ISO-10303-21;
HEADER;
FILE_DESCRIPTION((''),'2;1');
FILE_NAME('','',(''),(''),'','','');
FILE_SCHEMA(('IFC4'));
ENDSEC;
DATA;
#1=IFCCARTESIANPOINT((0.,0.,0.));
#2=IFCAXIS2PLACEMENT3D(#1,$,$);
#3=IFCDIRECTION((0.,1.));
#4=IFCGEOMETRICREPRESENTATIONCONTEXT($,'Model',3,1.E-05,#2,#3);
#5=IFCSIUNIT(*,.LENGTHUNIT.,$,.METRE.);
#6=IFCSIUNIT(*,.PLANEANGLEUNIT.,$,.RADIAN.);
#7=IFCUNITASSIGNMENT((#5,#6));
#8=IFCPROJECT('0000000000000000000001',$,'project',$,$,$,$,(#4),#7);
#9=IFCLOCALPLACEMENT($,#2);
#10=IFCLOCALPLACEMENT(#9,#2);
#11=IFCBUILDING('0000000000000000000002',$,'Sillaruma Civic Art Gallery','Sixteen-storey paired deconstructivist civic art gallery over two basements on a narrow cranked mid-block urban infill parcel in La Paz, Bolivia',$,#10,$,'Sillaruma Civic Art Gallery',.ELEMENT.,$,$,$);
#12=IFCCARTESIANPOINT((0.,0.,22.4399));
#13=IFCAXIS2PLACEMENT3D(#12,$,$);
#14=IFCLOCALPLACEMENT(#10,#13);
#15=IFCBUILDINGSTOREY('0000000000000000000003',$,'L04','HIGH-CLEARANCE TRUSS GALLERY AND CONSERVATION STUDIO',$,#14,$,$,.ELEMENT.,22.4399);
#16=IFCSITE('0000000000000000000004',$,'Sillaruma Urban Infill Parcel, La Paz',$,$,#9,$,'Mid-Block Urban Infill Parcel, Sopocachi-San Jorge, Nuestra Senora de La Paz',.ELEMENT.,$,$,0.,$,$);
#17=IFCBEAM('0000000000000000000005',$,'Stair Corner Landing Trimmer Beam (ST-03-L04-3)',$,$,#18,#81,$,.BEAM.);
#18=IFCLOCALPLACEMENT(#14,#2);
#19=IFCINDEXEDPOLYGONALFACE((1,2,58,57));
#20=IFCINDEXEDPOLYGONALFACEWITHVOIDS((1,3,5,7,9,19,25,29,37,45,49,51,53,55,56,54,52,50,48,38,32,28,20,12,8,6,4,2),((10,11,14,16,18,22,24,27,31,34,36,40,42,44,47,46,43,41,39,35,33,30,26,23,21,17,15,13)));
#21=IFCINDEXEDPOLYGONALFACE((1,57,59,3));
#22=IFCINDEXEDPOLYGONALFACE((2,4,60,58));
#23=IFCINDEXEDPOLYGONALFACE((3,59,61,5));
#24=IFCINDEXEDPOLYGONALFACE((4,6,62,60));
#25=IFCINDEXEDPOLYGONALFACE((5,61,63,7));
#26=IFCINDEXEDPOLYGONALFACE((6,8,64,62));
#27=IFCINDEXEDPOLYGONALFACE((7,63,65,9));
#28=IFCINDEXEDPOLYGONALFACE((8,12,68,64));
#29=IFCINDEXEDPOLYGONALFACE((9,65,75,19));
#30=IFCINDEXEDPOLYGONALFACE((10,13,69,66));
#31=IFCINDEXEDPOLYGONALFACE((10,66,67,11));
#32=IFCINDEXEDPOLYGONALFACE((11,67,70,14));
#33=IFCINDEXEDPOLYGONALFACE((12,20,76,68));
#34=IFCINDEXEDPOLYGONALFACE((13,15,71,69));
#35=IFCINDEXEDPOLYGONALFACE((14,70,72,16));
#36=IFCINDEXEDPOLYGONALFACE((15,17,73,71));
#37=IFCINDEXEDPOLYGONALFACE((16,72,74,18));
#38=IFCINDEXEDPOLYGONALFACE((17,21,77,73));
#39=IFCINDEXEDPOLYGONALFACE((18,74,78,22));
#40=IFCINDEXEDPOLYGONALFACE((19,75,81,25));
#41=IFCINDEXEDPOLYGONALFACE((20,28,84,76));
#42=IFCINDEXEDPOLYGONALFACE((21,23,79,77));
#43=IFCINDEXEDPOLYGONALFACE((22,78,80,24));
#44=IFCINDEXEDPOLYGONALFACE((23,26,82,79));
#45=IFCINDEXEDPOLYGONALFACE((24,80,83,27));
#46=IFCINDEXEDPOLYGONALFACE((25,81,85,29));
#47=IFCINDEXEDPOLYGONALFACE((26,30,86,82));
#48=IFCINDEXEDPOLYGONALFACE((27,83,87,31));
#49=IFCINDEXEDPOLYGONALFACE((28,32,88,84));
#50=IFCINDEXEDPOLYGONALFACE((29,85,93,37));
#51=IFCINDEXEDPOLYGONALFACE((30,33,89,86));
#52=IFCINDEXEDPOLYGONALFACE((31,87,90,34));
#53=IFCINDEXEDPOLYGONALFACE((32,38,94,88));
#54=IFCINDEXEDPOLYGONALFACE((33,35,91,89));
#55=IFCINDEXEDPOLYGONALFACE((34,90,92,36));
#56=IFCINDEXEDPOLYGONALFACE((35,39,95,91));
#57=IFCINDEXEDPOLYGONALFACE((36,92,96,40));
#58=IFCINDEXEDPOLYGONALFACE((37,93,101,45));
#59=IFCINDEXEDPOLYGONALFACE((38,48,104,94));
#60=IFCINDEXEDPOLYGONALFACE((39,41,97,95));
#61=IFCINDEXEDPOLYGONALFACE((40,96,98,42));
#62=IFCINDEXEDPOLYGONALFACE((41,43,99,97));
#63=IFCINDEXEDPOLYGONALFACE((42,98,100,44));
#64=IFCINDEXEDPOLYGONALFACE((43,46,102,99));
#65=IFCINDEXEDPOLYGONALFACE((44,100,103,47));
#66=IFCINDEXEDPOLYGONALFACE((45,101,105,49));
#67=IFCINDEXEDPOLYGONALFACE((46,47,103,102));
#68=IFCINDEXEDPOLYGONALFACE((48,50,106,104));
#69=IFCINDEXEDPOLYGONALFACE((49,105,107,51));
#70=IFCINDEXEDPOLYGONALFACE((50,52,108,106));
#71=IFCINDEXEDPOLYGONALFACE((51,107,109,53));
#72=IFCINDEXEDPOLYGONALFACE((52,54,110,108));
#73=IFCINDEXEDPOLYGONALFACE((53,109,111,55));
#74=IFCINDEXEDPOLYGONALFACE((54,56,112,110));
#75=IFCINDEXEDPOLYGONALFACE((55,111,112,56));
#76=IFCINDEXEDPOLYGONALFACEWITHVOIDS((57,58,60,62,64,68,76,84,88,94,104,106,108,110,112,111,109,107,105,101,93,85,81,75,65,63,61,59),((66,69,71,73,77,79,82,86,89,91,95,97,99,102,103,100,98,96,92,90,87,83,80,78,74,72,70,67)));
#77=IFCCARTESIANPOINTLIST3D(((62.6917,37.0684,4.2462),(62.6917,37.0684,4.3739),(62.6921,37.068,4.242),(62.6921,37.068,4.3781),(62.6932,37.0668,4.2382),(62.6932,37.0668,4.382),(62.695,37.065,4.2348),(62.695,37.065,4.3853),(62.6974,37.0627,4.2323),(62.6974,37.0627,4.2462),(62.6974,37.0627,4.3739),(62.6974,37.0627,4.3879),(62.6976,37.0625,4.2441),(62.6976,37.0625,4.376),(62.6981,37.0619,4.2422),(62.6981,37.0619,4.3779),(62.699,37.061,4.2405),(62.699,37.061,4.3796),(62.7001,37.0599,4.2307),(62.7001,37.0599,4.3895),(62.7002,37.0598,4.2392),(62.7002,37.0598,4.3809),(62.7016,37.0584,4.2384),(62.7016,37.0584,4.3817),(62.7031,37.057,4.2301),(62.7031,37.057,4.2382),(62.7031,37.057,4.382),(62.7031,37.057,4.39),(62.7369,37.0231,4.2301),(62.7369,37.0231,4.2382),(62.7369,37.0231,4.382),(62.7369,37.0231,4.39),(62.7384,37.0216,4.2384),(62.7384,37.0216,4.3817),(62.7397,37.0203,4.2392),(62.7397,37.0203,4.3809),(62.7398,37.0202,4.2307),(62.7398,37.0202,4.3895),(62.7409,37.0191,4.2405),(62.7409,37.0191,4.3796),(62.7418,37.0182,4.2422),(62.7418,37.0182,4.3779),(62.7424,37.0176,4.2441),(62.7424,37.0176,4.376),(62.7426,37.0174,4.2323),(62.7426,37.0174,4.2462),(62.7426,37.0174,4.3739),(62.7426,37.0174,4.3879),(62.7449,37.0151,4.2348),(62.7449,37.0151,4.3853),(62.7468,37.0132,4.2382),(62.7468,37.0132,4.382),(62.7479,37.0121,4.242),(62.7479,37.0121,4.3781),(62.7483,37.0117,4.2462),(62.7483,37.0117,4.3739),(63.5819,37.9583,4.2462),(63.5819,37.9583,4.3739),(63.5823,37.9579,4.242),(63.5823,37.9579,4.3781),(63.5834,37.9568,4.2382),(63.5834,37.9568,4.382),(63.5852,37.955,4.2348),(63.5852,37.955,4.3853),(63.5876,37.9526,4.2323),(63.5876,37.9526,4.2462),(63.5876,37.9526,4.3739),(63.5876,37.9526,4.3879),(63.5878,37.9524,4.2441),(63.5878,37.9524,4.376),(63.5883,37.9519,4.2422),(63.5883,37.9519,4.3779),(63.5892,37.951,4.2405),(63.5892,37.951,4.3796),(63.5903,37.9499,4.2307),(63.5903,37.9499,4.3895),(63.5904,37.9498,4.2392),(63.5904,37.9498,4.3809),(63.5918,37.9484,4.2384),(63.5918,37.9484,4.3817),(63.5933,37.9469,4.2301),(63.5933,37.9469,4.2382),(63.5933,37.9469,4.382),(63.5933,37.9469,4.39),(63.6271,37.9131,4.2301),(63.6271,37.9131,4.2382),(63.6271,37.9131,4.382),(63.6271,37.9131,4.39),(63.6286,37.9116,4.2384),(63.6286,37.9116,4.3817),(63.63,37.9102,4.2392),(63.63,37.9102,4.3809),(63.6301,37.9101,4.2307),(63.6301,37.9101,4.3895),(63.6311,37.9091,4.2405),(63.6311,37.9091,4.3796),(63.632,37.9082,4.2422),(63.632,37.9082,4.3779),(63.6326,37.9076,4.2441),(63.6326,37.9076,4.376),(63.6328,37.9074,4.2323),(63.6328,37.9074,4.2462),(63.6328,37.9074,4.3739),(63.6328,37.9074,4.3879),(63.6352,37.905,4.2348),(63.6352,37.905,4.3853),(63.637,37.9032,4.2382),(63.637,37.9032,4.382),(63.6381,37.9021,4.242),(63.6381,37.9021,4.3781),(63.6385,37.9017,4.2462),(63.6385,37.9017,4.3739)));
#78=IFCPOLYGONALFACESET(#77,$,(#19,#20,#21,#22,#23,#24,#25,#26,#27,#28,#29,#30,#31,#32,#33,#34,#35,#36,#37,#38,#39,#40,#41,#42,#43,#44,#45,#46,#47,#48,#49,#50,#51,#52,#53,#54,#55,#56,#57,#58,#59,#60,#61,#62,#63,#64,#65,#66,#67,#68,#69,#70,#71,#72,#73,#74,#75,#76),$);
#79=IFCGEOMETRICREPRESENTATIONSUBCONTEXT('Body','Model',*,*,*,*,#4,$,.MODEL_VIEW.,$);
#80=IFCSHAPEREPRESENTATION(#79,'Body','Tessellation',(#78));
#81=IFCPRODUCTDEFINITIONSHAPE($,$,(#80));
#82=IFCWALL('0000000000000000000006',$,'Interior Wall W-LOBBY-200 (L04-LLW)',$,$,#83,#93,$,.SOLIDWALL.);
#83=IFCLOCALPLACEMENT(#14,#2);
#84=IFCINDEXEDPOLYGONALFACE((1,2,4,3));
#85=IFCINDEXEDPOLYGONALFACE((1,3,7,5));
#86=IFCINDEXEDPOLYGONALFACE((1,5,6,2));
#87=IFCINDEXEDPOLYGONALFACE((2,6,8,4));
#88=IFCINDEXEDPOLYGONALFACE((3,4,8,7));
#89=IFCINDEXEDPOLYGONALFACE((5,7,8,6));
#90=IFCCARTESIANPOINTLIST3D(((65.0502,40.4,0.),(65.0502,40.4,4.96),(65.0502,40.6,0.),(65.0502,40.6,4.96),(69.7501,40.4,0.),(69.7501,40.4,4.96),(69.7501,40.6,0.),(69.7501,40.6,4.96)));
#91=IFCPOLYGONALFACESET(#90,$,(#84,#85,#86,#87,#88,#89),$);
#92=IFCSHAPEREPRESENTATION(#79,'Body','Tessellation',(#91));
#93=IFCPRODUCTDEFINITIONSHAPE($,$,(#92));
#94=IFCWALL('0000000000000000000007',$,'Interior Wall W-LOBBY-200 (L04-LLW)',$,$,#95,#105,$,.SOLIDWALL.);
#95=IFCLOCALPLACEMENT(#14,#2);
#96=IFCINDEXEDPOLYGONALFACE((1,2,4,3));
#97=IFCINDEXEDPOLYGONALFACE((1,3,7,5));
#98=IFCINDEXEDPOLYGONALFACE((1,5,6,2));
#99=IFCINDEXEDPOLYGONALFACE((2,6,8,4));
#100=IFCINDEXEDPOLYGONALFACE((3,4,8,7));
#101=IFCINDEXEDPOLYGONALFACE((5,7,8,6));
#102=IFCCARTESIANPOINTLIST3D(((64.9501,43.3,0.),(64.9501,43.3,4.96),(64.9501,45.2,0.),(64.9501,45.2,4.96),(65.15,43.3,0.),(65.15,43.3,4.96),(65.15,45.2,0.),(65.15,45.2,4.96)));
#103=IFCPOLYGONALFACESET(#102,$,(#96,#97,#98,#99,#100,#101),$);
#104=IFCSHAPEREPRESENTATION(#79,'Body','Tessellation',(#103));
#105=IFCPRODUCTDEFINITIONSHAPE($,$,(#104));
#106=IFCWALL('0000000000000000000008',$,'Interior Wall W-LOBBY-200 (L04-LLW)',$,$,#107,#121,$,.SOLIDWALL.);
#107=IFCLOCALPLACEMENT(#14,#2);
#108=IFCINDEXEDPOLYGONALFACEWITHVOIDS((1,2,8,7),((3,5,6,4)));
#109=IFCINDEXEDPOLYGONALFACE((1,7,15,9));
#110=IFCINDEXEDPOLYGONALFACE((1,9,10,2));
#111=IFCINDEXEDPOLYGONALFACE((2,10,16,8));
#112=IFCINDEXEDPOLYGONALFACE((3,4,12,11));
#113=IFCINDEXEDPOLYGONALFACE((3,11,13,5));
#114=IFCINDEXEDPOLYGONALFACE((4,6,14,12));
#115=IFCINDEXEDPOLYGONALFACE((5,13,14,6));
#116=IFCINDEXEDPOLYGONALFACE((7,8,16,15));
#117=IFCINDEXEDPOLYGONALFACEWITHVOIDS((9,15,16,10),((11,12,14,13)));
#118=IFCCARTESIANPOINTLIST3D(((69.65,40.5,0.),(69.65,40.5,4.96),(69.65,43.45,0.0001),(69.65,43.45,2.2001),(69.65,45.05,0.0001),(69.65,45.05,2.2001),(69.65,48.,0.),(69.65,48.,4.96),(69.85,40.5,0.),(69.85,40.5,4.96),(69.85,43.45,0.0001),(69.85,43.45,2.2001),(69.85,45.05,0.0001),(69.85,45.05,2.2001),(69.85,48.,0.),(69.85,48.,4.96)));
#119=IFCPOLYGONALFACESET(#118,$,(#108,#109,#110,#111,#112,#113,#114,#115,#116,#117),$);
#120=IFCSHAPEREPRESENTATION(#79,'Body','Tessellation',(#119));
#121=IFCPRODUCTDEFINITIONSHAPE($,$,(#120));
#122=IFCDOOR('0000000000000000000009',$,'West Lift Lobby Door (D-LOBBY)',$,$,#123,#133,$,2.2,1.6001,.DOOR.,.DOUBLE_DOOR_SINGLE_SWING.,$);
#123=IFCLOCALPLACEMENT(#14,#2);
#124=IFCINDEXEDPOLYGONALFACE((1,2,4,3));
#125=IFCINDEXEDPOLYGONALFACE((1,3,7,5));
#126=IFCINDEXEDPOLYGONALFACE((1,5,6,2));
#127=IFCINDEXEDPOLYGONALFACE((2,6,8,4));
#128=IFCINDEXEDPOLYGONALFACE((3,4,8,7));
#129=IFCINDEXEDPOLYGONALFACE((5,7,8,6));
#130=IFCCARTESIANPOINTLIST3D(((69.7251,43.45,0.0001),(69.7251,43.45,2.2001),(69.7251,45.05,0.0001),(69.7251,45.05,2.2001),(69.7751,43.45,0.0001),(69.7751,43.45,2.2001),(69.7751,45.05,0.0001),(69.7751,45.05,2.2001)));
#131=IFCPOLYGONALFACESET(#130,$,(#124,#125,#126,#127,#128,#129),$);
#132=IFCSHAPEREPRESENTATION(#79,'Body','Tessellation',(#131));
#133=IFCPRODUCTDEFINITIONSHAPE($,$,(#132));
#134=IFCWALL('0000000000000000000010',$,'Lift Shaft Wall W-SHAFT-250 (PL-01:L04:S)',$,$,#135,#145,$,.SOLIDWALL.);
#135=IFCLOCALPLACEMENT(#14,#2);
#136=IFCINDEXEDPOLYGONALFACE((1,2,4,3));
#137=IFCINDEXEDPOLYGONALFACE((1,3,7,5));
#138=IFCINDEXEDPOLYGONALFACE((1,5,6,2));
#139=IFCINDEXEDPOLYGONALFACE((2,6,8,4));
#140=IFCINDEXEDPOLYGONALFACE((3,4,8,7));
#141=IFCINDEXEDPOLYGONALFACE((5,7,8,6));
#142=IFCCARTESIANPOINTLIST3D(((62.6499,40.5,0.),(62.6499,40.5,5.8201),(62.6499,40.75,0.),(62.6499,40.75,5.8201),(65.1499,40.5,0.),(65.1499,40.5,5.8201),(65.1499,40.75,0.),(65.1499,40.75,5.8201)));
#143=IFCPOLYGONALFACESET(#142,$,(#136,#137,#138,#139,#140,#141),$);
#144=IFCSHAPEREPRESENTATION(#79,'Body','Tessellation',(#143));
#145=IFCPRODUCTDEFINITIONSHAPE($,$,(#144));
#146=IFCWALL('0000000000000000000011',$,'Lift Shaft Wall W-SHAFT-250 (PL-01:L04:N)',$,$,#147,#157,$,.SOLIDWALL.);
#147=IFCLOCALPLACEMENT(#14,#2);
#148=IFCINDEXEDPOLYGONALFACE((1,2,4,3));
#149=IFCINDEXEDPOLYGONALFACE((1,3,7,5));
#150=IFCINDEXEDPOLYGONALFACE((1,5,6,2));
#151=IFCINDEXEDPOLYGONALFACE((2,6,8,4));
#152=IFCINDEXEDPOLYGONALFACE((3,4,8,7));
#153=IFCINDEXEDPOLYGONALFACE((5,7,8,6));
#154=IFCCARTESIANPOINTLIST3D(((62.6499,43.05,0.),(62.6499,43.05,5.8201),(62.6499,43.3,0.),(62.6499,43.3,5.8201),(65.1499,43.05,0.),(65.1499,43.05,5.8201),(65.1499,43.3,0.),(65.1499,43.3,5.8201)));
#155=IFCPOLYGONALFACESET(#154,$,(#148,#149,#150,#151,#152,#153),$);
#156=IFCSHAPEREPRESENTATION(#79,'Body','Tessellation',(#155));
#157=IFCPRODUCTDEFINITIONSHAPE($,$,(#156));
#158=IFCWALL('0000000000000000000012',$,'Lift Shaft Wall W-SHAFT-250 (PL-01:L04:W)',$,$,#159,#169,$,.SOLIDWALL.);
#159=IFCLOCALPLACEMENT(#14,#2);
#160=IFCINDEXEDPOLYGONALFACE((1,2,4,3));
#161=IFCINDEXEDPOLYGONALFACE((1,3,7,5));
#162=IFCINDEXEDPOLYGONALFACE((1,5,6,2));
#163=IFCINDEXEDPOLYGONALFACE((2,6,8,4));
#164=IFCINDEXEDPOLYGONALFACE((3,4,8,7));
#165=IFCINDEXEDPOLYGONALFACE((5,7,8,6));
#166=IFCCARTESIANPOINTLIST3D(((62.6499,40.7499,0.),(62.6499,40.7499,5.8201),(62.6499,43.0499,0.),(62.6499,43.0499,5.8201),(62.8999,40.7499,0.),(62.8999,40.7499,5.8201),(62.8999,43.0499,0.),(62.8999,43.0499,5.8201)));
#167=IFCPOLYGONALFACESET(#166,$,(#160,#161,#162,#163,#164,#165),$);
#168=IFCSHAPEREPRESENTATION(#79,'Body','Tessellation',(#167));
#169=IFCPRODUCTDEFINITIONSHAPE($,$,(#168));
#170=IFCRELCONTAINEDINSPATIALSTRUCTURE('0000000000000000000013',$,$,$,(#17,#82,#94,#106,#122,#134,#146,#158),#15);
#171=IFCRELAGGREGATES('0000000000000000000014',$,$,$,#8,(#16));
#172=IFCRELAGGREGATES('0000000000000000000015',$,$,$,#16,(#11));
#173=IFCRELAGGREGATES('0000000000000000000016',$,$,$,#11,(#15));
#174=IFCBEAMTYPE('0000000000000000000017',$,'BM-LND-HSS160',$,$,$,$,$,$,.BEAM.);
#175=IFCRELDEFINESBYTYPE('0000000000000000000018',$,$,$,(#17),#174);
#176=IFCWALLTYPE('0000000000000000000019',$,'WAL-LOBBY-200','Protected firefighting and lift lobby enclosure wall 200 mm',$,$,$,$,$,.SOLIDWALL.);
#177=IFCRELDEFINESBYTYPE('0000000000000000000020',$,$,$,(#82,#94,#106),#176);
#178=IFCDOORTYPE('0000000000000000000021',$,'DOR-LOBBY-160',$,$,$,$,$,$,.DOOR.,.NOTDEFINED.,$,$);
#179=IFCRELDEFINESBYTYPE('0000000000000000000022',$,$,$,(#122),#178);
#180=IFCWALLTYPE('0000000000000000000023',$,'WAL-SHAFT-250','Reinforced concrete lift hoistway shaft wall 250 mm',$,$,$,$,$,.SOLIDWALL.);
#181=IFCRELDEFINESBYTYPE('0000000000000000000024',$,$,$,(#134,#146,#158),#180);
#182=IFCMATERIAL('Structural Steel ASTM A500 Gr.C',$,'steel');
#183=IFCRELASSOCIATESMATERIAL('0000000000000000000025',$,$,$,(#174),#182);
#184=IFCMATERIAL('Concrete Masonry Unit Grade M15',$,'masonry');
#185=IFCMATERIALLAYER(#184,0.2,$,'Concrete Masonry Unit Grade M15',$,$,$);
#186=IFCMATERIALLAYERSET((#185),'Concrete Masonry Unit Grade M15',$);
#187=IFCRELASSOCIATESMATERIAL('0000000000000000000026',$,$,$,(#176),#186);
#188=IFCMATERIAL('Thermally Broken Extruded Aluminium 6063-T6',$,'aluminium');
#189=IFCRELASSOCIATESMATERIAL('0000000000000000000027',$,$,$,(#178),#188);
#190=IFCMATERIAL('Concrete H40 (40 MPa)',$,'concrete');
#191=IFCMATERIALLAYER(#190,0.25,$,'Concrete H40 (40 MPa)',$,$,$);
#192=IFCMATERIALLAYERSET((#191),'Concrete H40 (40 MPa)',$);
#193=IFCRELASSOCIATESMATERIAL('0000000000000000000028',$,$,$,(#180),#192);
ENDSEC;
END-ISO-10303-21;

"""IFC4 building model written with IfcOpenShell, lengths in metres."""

from ifc_helpers import new_model, si_unit, direction, frame, frame_2d, origin, origin_2d, place, context, subcontext, project, spatial, rectangle, hollow_rectangle, extrude, material, layer, layer_set, material_profile, profile_set, type_object, element, fill, save


model = new_model("IFC4")

# Units and contexts
model_context = context("Model", 3, precision=1e-05, world=origin(), true_north=direction((0.0, 1.0)))
body_context = subcontext(model_context, "Body", "Model", "MODEL_VIEW")
ifc_project = project(units=[si_unit("LENGTHUNIT", "METRE"), si_unit("PLANEANGLEUNIT", "RADIAN")], contexts=[model_context])

# Site, building, storey
site_placement = place(None, origin())
site = spatial("IfcSite", under=ifc_project, at=site_placement, Name="Sillaruma Urban Infill Parcel, La Paz", LongName="Mid-Block Urban Infill Parcel, Sopocachi-San Jorge, Nuestra Senora de La Paz", CompositionType="ELEMENT", RefElevation=0.0)
building_placement = place(site_placement, origin())
building = spatial("IfcBuilding", under=site, at=building_placement, Name="Sillaruma Civic Art Gallery", Description="Sixteen-storey paired deconstructivist civic art gallery over two basements on a narrow cranked mid-block urban infill parcel in La Paz, Bolivia", LongName="Sillaruma Civic Art Gallery", CompositionType="ELEMENT")
storey_placement = place(building_placement, frame((0.0, 0.0, 22.4399)))
storey = spatial("IfcBuildingStorey", under=building, at=storey_placement, Name="L04", Description="HIGH-CLEARANCE TRUSS GALLERY AND CONSERVATION STUDIO", CompositionType="ELEMENT", Elevation=22.4399)

# Shared definitions
ifc_material_1 = material(Name="Concrete H40 (40 MPa)", Category="concrete")

# Beam
ifc_material_2 = material(Name="Structural Steel ASTM A500 Gr.C", Category="steel")
ifc_material_profile_1 = material_profile(ifc_material_2, hollow_rectangle(XDim=0.0801, YDim=0.1599, WallThickness=0.0081, InnerFilletRadius=0.0081, OuterFilletRadius=0.0161, at=origin_2d()), Name="HSS160x80x8")
ifc_profile_set_1 = profile_set([ifc_material_profile_1], Name="Structural Steel ASTM A500 Gr.C")
beam_type_1 = type_object("IfcBeamType", Name="BM-LND-HSS160", PredefinedType="BEAM", material=ifc_profile_set_1)
for number, where, z_axis, x_axis, name in (
    (1, (62.72, 37.04, 4.3101), (0.707204, 0.70701, 0.0), (-0.70701, 0.707204, 0.0), "Stair Corner Landing Trimmer Beam (ST-03-L04-3)"),
):
    element("IfcBeam", number, at=place(storey_placement, frame(where, z_axis=z_axis, x_axis=x_axis)), inside=storey, type_object=beam_type_1, Name=name, PredefinedType="BEAM", context=body_context, shape_type="SweptSolid", body=[
        extrude(hollow_rectangle(XDim=0.0801, YDim=0.1599, WallThickness=0.0081, InnerFilletRadius=0.0081, OuterFilletRadius=0.0161, at=origin_2d()), origin(), (0.0, 0.0, 1.0), 1.2588),
    ])

# Walls
ifc_material_3 = material(Name="Concrete Masonry Unit Grade M15", Category="masonry")
ifc_layer_1 = layer(ifc_material_3, 0.2, Name="Concrete Masonry Unit Grade M15")
ifc_layer_set_1 = layer_set([ifc_layer_1], Name="Concrete Masonry Unit Grade M15")
wall_type_1 = type_object("IfcWallType", Name="WAL-LOBBY-200", Description="Protected firefighting and lift lobby enclosure wall 200 mm", PredefinedType="SOLIDWALL", material=ifc_layer_set_1)
wall_1_placement = place(storey_placement, frame((65.05, 40.5, 0.0), z_axis=(0.0, 0.0, 1.0), x_axis=(1.0, 0.0, 0.0)))
element("IfcWall", 2, at=wall_1_placement, inside=storey, type_object=wall_type_1, Name="Interior Wall W-LOBBY-200 (L04-LLW)", PredefinedType="SOLIDWALL", context=body_context, shape_type="SweptSolid", body=[
    extrude(rectangle(XDim=4.7, YDim=0.2, at=frame_2d((2.3501, 0.0))), origin(), (0.0, 0.0, 1.0), 4.96),
])
wall_2_placement = place(storey_placement, frame((65.05, 43.3, 0.0), z_axis=(0.0, 0.0, 1.0), x_axis=(0.0, 1.0, 0.0)))
element("IfcWall", 3, at=wall_2_placement, inside=storey, type_object=wall_type_1, Name="Interior Wall W-LOBBY-200 (L04-LLW)", PredefinedType="SOLIDWALL", context=body_context, shape_type="SweptSolid", body=[
    extrude(rectangle(XDim=1.8999, YDim=0.2, at=frame_2d((0.95, 0.0))), origin(), (0.0, 0.0, 1.0), 4.96),
])

# Wall, opening, door
wall_3_placement = place(storey_placement, frame((69.75, 40.5, 0.0), z_axis=(0.0, 0.0, 1.0), x_axis=(0.0, 1.0, 0.0)))
wall_3 = element("IfcWall", 4, at=wall_3_placement, inside=storey, type_object=wall_type_1, Name="Interior Wall W-LOBBY-200 (L04-LLW)", PredefinedType="SOLIDWALL", context=body_context, shape_type="SweptSolid", body=[
    extrude(rectangle(XDim=7.5, YDim=0.2, at=frame_2d((3.75, 0.0))), origin(), (0.0, 0.0, 1.0), 4.96),
])
opening_1_placement = place(wall_3_placement, frame((2.95, 0.0, 0.0)))
opening_1 = element("IfcOpeningElement", 5, at=opening_1_placement, cuts=wall_3, PredefinedType="OPENING", context=body_context, shape_type="SweptSolid", body=[
    extrude(rectangle(XDim=1.6001, YDim=2.2, at=frame_2d((0.8, 1.1001))), frame((0.0, 0.1099, 0.0), z_axis=(0.0, -1.0, 0.0), x_axis=(1.0, 0.0, 0.0)), (0.0, 0.0, 1.0), 0.22),
])
ifc_material_4 = material(Name="Thermally Broken Extruded Aluminium 6063-T6", Category="aluminium")
door_type_1 = type_object("IfcDoorType", Name="DOR-LOBBY-160", OperationType="NOTDEFINED", PredefinedType="DOOR", material=ifc_material_4)
door_1_placement = place(opening_1_placement, origin())
door_1 = element("IfcDoor", 6, at=door_1_placement, inside=storey, type_object=door_type_1, Name="West Lift Lobby Door (D-LOBBY)", OperationType="DOUBLE_DOOR_SINGLE_SWING", OverallHeight=2.2, OverallWidth=1.6001, PredefinedType="DOOR", context=body_context, shape_type="SweptSolid", body=[
    extrude(rectangle(XDim=1.6001, YDim=2.2, at=frame_2d((0.8, 1.1001))), frame((0.0, 0.0249, 0.0), z_axis=(0.0, -1.0, 0.0), x_axis=(1.0, 0.0, 0.0)), (0.0, 0.0, 1.0), 0.05),
])
fill(opening_1, door_1)

# Walls
ifc_layer_2 = layer(ifc_material_1, 0.25, Name="Concrete H40 (40 MPa)")
ifc_layer_set_2 = layer_set([ifc_layer_2], Name="Concrete H40 (40 MPa)")
wall_type_2 = type_object("IfcWallType", Name="WAL-SHAFT-250", Description="Reinforced concrete lift hoistway shaft wall 250 mm", PredefinedType="SOLIDWALL", material=ifc_layer_set_2)
for number, where, z_axis, x_axis, name in (
    (7, (62.6499, 40.625, 0.0), (0.0, 0.0, 1.0), (1.0, 0.0, 0.0), "Lift Shaft Wall W-SHAFT-250 (PL-01:L04:S)"),
    (8, (62.6499, 43.175, 0.0), (0.0, 0.0, 1.0), (1.0, 0.0, 0.0), "Lift Shaft Wall W-SHAFT-250 (PL-01:L04:N)"),
):
    element("IfcWall", number, at=place(storey_placement, frame(where, z_axis=z_axis, x_axis=x_axis)), inside=storey, type_object=wall_type_2, Name=name, PredefinedType="SOLIDWALL", context=body_context, shape_type="SweptSolid", body=[
        extrude(rectangle(XDim=2.5, YDim=0.25, at=frame_2d((1.25, 0.0))), origin(), (0.0, 0.0, 1.0), 5.8201),
    ])
wall_4_placement = place(storey_placement, frame((62.7749, 40.75, 0.0), z_axis=(0.0, 0.0, 1.0), x_axis=(0.0, 1.0, 0.0)))
element("IfcWall", 9, at=wall_4_placement, inside=storey, type_object=wall_type_2, Name="Lift Shaft Wall W-SHAFT-250 (PL-01:L04:W)", PredefinedType="SOLIDWALL", context=body_context, shape_type="SweptSolid", body=[
    extrude(rectangle(XDim=2.3, YDim=0.25, at=frame_2d((1.1499, 0.0))), origin(), (0.0, 0.0, 1.0), 5.8201),
])

save(model, "model.ifc")
